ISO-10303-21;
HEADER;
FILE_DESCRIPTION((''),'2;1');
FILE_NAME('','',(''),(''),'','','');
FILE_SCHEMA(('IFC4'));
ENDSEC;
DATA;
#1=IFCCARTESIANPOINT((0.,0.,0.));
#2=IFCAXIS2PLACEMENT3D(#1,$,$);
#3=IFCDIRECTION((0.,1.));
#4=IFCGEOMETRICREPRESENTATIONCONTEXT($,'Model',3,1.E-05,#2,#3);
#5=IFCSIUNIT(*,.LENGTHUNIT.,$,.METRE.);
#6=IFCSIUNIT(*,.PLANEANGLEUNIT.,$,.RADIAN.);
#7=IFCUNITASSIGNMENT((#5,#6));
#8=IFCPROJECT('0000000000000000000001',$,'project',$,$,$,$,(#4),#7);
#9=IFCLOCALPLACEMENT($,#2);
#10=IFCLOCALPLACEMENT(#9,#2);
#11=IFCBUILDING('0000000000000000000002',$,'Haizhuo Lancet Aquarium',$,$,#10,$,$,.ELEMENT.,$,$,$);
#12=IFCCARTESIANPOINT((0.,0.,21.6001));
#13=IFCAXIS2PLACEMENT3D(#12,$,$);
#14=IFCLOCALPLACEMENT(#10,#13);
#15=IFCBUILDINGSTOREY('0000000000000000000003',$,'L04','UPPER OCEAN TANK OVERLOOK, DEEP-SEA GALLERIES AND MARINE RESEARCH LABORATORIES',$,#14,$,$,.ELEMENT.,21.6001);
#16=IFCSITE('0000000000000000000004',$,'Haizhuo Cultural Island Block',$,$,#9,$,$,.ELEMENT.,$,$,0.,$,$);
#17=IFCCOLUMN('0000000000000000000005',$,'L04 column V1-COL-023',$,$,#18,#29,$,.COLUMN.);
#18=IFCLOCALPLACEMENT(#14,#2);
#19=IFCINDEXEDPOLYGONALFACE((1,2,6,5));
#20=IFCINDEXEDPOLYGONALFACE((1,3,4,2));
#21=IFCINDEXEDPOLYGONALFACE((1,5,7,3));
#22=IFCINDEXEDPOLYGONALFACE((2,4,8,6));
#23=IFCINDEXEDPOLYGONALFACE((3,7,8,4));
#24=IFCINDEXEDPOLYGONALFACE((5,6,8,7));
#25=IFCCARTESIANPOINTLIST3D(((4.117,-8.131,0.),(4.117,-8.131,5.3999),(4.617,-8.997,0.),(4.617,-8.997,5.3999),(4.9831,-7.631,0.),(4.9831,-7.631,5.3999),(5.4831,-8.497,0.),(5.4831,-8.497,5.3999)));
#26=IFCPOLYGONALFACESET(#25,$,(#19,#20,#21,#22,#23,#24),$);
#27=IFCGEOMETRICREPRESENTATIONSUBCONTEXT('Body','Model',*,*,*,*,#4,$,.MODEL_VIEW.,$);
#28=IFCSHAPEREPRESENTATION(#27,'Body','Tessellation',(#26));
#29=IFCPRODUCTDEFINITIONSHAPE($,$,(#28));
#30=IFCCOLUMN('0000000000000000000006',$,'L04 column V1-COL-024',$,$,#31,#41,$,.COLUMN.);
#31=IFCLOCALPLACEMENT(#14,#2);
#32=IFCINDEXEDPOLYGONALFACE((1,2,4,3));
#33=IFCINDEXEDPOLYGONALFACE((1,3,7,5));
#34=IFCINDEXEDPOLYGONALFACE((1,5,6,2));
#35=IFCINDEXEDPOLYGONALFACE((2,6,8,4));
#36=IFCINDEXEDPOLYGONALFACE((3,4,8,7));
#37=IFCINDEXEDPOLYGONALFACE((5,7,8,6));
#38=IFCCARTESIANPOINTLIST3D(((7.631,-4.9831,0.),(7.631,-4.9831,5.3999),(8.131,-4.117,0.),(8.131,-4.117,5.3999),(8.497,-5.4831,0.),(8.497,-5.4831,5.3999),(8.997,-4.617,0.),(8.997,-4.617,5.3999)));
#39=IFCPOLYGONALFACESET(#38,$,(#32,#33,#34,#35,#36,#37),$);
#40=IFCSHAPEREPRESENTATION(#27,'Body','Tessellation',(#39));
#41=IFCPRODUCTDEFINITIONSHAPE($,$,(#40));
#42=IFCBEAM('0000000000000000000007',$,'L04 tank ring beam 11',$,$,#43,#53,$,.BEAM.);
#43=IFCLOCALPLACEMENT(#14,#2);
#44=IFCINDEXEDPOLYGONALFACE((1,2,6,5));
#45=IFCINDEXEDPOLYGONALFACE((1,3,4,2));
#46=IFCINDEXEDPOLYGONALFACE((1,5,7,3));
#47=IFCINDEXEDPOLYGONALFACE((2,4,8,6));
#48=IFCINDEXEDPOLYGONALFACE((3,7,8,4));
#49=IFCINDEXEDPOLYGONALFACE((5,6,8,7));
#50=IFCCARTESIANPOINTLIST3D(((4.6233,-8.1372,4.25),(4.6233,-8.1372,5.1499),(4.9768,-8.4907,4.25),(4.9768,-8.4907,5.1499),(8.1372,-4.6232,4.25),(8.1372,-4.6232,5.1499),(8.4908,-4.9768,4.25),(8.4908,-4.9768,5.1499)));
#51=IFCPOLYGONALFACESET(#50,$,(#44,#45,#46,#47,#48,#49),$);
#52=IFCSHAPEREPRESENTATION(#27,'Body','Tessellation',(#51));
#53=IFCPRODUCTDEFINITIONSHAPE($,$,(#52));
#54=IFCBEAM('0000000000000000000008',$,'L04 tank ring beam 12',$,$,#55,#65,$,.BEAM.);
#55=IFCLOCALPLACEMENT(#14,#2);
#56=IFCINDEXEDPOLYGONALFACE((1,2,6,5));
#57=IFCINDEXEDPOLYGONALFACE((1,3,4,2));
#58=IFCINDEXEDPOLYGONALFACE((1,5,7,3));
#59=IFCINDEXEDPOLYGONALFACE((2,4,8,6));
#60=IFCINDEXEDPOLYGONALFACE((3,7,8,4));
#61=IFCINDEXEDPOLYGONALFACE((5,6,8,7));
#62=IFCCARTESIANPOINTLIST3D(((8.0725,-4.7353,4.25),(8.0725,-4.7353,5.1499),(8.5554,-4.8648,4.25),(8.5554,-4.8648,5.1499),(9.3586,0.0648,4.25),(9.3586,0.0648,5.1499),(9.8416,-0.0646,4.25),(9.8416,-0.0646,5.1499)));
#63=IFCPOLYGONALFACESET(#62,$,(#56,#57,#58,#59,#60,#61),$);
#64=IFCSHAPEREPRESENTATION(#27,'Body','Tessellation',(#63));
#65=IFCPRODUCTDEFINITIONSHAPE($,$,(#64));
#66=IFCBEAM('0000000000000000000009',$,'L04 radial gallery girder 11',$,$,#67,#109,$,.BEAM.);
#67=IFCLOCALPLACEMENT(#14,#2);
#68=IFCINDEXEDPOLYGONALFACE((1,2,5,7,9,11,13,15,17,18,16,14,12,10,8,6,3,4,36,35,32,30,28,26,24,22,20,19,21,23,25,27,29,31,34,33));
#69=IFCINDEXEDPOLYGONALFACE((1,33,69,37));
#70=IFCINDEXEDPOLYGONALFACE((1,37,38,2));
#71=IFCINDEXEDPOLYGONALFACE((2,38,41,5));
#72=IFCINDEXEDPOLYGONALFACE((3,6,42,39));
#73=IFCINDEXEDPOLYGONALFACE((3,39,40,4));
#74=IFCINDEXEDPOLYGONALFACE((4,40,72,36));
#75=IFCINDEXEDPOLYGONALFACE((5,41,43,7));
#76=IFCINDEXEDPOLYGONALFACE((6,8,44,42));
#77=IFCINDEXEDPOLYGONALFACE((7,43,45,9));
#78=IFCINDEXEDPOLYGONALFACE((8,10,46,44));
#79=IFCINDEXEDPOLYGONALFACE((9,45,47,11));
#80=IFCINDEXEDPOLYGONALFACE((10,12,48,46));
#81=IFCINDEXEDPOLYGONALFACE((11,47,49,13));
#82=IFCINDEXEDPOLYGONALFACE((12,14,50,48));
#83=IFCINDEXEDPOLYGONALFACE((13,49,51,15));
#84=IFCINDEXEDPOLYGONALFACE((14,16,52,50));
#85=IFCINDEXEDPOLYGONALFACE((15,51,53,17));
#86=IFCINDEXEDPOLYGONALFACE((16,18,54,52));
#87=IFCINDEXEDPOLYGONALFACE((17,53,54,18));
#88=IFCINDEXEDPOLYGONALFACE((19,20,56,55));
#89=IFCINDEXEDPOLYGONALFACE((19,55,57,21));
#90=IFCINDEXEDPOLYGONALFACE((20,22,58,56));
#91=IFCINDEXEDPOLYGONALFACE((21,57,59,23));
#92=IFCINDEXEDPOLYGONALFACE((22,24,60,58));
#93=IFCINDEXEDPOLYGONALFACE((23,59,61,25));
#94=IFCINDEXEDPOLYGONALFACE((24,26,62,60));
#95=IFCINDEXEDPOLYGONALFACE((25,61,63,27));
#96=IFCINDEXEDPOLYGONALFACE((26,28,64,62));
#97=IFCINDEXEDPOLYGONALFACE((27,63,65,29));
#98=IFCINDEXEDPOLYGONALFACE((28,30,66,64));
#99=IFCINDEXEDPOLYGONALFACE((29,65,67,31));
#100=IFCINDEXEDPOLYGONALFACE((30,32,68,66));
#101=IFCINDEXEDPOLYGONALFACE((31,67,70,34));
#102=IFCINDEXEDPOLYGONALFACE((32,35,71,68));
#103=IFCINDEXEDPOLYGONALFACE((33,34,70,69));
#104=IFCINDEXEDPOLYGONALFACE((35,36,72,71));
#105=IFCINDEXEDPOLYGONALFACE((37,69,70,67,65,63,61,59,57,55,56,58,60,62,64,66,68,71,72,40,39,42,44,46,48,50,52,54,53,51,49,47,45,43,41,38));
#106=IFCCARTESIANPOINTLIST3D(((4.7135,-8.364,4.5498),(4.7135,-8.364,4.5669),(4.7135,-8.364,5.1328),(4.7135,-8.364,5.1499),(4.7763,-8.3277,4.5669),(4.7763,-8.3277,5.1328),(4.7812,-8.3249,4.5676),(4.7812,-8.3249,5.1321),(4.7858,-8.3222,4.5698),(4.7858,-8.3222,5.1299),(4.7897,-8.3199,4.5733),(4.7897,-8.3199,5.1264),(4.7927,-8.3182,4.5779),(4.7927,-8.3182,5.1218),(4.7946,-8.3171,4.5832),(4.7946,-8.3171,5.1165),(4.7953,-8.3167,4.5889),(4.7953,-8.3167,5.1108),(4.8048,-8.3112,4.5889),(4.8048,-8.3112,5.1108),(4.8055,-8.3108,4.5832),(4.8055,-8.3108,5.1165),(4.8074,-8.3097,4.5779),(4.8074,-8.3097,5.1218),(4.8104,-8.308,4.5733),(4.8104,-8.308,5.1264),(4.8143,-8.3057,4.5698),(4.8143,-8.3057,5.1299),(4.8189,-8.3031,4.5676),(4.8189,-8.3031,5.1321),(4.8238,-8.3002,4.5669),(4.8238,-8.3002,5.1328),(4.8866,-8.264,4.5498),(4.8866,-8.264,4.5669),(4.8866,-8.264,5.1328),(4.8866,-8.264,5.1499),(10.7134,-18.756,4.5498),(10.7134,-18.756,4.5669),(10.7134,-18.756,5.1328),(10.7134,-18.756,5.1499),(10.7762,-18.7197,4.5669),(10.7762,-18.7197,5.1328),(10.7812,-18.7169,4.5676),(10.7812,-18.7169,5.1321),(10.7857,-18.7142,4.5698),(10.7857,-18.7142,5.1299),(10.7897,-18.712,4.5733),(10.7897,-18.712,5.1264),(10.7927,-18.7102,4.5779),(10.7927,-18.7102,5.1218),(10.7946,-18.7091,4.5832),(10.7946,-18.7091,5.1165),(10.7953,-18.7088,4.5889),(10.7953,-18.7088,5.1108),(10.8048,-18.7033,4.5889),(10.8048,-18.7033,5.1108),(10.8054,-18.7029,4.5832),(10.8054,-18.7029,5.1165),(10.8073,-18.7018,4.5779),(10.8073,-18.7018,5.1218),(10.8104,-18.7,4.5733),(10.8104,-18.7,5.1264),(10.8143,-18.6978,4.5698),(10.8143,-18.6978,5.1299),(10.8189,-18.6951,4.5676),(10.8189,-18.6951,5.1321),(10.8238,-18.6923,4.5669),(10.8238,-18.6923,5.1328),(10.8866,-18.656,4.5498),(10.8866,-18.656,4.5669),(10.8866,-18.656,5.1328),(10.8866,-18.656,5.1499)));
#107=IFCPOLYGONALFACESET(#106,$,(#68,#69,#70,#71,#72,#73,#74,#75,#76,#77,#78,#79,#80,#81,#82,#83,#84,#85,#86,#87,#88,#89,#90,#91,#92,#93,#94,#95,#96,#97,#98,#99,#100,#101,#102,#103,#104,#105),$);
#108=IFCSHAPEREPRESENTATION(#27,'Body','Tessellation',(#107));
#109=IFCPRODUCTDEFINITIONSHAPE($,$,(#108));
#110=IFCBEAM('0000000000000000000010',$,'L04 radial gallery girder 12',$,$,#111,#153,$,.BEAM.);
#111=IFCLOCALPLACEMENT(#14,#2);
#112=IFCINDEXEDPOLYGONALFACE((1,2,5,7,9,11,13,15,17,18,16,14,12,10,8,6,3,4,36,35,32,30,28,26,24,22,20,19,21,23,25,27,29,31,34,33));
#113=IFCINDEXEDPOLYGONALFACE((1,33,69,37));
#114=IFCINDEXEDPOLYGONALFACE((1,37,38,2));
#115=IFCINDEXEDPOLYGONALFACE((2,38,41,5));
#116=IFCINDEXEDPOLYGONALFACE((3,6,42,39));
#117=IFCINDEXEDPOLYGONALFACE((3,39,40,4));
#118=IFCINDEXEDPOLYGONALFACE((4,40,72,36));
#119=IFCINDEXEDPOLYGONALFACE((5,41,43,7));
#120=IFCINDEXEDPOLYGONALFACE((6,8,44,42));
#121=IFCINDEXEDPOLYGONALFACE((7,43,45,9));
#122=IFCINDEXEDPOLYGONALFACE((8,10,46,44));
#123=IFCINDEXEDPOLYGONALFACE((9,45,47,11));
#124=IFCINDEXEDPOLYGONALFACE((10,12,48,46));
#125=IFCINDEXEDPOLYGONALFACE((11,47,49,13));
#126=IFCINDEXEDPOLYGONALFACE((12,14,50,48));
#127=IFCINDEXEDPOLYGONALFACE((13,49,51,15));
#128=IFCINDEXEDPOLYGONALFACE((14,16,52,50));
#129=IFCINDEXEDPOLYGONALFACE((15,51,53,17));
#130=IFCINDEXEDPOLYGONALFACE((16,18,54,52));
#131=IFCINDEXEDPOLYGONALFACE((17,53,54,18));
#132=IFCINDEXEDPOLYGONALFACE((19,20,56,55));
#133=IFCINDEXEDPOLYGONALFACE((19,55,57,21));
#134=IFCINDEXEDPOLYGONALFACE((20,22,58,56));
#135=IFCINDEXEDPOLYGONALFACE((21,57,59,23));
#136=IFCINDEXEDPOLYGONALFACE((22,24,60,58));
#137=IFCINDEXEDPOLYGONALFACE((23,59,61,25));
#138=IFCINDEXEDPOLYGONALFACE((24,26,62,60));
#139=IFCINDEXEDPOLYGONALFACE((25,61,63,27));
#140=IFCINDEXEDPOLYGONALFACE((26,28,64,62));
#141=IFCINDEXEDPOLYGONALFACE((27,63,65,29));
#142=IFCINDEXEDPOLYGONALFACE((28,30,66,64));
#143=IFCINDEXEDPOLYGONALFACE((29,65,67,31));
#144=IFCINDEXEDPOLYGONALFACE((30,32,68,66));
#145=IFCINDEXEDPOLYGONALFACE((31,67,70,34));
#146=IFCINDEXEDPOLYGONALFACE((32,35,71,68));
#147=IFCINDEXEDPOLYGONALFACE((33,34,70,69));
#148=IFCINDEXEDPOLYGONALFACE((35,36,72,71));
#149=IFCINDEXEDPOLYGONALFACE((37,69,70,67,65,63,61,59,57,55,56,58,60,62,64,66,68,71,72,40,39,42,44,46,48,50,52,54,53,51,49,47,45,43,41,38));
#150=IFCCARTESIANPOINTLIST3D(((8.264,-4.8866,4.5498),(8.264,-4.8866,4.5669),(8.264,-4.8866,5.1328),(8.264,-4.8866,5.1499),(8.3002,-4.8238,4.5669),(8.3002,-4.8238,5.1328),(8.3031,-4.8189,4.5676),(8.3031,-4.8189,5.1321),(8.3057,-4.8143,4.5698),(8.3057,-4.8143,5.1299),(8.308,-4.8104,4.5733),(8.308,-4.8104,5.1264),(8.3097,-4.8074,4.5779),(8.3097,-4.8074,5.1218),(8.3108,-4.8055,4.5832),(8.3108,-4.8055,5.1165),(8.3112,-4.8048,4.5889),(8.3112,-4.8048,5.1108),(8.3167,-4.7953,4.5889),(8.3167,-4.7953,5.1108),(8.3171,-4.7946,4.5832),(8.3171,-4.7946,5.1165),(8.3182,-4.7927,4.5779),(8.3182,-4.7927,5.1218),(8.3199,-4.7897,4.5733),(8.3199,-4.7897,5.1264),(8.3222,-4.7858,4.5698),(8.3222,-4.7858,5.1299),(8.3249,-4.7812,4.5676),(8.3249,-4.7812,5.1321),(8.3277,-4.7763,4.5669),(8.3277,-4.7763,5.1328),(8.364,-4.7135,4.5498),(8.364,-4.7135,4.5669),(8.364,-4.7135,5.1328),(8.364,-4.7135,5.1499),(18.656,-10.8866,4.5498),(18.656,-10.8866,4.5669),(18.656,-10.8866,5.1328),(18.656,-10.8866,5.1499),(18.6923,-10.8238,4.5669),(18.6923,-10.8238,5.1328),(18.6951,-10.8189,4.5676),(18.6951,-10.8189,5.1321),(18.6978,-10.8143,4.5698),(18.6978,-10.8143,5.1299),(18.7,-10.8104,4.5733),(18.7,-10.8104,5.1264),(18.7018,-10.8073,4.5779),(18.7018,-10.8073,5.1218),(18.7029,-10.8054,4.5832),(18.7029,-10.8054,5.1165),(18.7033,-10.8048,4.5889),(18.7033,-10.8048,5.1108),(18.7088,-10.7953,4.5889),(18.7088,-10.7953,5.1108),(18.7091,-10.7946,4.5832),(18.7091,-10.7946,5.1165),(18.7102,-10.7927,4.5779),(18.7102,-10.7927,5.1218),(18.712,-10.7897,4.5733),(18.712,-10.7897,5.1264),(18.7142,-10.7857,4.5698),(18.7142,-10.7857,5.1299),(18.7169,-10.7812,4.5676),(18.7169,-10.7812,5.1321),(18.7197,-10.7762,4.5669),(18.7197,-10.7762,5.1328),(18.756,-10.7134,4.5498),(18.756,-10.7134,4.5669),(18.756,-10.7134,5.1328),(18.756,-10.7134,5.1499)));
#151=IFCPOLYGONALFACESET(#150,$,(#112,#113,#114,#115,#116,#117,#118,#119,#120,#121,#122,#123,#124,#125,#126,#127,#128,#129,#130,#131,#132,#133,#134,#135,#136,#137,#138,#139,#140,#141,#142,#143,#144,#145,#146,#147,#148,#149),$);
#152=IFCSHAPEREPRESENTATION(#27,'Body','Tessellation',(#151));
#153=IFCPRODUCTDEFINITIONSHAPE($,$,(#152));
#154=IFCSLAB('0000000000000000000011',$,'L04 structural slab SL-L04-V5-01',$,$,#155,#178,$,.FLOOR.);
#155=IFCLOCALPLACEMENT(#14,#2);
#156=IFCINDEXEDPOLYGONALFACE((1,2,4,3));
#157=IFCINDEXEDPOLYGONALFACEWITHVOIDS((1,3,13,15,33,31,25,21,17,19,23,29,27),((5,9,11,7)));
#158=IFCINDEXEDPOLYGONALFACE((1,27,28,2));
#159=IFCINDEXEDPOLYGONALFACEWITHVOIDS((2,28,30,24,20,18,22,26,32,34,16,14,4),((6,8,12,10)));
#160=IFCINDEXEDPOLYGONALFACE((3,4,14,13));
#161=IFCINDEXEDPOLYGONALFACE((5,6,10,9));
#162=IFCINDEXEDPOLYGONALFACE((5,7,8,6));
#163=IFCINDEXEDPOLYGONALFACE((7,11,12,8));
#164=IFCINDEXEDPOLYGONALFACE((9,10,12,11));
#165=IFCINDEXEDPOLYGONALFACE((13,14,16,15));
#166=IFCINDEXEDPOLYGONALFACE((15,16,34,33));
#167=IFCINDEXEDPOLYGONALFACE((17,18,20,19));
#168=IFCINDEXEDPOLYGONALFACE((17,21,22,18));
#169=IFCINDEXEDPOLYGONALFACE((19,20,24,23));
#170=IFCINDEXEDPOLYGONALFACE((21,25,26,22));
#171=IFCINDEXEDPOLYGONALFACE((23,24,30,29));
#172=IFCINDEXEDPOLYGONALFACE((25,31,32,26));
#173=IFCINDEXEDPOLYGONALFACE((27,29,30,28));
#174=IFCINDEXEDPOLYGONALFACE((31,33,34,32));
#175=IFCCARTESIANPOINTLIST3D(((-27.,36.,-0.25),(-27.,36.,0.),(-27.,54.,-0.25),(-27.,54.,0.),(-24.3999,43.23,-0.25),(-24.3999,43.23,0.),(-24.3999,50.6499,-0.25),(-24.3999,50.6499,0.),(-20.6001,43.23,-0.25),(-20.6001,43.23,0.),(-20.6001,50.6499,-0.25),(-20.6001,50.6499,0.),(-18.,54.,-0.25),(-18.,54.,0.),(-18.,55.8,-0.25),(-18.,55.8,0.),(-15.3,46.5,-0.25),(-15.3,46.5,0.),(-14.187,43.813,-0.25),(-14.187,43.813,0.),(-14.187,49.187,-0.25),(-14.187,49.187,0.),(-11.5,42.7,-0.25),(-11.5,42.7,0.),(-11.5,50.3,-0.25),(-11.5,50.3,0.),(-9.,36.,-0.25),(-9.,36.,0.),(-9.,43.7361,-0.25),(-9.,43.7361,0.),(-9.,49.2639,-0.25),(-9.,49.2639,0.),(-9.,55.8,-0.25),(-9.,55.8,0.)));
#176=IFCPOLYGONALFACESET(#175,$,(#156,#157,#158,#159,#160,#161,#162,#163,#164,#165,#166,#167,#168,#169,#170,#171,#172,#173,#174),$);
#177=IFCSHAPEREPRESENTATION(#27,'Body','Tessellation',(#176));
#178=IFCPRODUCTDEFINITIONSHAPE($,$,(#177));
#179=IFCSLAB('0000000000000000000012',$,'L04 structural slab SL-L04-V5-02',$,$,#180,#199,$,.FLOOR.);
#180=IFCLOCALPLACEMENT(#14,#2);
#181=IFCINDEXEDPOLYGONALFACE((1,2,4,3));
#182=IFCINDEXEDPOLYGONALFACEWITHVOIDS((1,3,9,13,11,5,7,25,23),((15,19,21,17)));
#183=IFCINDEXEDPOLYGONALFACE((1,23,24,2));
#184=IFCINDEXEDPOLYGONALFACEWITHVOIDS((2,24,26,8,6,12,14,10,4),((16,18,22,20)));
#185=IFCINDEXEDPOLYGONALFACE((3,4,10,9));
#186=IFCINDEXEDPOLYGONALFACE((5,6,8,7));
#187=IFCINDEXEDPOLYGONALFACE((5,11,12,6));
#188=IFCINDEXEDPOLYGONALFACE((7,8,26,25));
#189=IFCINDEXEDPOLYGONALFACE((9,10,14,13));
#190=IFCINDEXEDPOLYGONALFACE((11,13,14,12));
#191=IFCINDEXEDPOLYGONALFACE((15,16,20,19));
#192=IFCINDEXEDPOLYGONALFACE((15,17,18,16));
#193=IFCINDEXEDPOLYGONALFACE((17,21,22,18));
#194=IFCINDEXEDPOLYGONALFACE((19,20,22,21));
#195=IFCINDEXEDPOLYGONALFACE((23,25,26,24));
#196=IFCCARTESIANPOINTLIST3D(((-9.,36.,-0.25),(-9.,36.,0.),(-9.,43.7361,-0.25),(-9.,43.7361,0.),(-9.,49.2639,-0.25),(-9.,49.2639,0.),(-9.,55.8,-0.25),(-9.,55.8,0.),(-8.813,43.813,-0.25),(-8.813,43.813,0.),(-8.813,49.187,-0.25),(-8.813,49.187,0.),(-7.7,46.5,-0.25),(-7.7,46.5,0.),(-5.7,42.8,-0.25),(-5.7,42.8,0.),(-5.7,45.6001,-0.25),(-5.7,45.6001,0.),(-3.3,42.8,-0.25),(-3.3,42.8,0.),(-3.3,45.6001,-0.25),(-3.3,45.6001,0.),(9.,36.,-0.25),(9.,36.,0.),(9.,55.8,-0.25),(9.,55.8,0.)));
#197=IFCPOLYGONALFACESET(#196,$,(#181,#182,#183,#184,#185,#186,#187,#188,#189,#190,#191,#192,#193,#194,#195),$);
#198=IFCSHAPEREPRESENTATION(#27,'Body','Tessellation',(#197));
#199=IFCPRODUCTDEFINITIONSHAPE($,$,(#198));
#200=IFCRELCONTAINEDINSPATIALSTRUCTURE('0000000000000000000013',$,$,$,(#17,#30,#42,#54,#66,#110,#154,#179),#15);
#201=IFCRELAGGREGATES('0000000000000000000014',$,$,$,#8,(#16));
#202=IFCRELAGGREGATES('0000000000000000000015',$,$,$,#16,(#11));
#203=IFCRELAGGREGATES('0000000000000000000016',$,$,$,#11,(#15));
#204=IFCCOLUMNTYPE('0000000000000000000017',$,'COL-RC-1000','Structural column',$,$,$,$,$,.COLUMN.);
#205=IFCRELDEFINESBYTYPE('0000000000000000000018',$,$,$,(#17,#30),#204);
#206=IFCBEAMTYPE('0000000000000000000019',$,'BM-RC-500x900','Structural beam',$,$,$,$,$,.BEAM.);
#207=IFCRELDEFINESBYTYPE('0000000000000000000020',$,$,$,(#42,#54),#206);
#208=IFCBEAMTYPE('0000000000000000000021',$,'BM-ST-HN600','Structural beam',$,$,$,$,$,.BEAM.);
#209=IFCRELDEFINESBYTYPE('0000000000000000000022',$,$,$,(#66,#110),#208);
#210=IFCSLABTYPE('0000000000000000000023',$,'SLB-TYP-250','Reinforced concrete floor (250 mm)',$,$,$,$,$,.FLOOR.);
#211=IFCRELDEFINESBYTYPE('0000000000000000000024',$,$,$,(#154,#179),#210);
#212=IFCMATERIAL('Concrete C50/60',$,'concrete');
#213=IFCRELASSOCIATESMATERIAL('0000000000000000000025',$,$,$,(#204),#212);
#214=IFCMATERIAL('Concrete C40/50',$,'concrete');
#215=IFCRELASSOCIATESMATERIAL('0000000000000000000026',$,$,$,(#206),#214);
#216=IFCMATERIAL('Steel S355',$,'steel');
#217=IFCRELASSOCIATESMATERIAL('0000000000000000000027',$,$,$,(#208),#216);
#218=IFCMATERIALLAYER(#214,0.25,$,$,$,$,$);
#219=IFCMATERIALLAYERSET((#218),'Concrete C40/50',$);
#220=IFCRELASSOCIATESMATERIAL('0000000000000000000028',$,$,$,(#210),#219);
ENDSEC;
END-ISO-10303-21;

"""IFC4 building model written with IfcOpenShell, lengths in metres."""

from ifc_helpers import new_model, si_unit, direction, frame, origin, origin_2d, place, context, subcontext, project, spatial, polyline, rectangle, i_section, outline, extrude, material, layer, layer_set, material_profile, profile_set, type_object, element, save


model = new_model("IFC4")

# Units and contexts
model_context = context("Model", 3, precision=1e-05, world=origin(), true_north=direction((0.0, 1.0)))
body_context = subcontext(model_context, "Body", "Model", "MODEL_VIEW")
ifc_project = project(units=[si_unit("LENGTHUNIT", "METRE"), si_unit("PLANEANGLEUNIT", "RADIAN")], contexts=[model_context])

# Site, building, storey
site_placement = place(None, origin())
site = spatial("IfcSite", under=ifc_project, at=site_placement, Name="Haizhuo Cultural Island Block", CompositionType="ELEMENT", RefElevation=0.0)
building_placement = place(site_placement, origin())
building = spatial("IfcBuilding", under=site, at=building_placement, Name="Haizhuo Lancet Aquarium", CompositionType="ELEMENT")
storey_placement = place(building_placement, frame((0.0, 0.0, 21.6001)))
storey = spatial("IfcBuildingStorey", under=building, at=storey_placement, Name="L04", Description="UPPER OCEAN TANK OVERLOOK, DEEP-SEA GALLERIES AND MARINE RESEARCH LABORATORIES", CompositionType="ELEMENT", Elevation=21.6001)

# Columns
ifc_material_1 = material(Name="Concrete C50/60", Category="concrete")
ifc_material_profile_1 = material_profile(ifc_material_1, rectangle(XDim=1.0, YDim=1.0, at=origin_2d()), Name="RC-COL 1000x1000")
ifc_profile_set_1 = profile_set([ifc_material_profile_1], Name="Concrete C50/60")
column_type = type_object("IfcColumnType", Name="COL-RC-1000", Description="Structural column", PredefinedType="COLUMN", material=ifc_profile_set_1)
for number, where, z_axis, x_axis, name in (
    (1, (4.8, -8.314, 0.0), (0.0, 0.0, 1.0), (0.5, -0.866025, 0.0), "L04 column V1-COL-023"),
    (2, (8.314, -4.8, 0.0), (0.0, 0.0, 1.0), (0.866025, -0.5, 0.0), "L04 column V1-COL-024"),
):
    element("IfcColumn", number, at=place(storey_placement, frame(where, z_axis=z_axis, x_axis=x_axis)), inside=storey, type_object=column_type, Name=name, PredefinedType="COLUMN", context=body_context, shape_type="SweptSolid", body=[
        extrude(rectangle(XDim=1.0, YDim=1.0, at=origin_2d()), origin(), (0.0, 0.0, 1.0), 5.3999),
    ])

# Beams
ifc_material_2 = material(Name="Concrete C40/50", Category="concrete")
ifc_material_profile_2 = material_profile(ifc_material_2, rectangle(XDim=0.5, YDim=0.8999, at=origin_2d()), Name="RC-BM 500x900")
ifc_profile_set_2 = profile_set([ifc_material_profile_2], Name="Concrete C40/50")
beam_type_1 = type_object("IfcBeamType", Name="BM-RC-500x900", Description="Structural beam", PredefinedType="BEAM", material=ifc_profile_set_2)
for number, where, z_axis, x_axis, name in (
    (3, (4.8, -8.314, 4.7), (0.707107, 0.707107, 0.0), (-0.707107, 0.707107, 0.0), "L04 tank ring beam 11"),
    (4, (8.314, -4.8, 4.7), (0.258812, 0.965928, 0.0), (-0.965928, 0.258812, 0.0), "L04 tank ring beam 12"),
):
    element("IfcBeam", number, at=place(storey_placement, frame(where, z_axis=z_axis, x_axis=x_axis)), inside=storey, type_object=beam_type_1, Name=name, PredefinedType="BEAM", context=body_context, shape_type="SweptSolid", body=[
        extrude(rectangle(XDim=0.5, YDim=0.8999, at=origin_2d()), origin(), (0.0, 0.0, 1.0), 4.9695),
    ])
ifc_material_3 = material(Name="Steel S355", Category="steel")
ifc_material_profile_3 = material_profile(ifc_material_3, i_section(OverallWidth=0.2, OverallDepth=0.6001, WebThickness=0.011, FlangeThickness=0.0171, FilletRadius=0.022, at=origin_2d()), Name="HN 600x200x11x17")
ifc_profile_set_3 = profile_set([ifc_material_profile_3], Name="Steel S355")
beam_type_2 = type_object("IfcBeamType", Name="BM-ST-HN600", Description="Structural beam", PredefinedType="BEAM", material=ifc_profile_set_3)
for number, where, z_axis, x_axis, name in (
    (5, (4.8, -8.314, 4.8499), (0.500008, -0.866021, 0.0), (0.866021, 0.500008, 0.0), "L04 radial gallery girder 11"),
    (6, (8.314, -4.8, 4.8499), (0.866021, -0.500008, 0.0), (0.500008, 0.866021, 0.0), "L04 radial gallery girder 12"),
):
    element("IfcBeam", number, at=place(storey_placement, frame(where, z_axis=z_axis, x_axis=x_axis)), inside=storey, type_object=beam_type_2, Name=name, PredefinedType="BEAM", context=body_context, shape_type="SweptSolid", body=[
        extrude(i_section(OverallWidth=0.2, OverallDepth=0.6001, WebThickness=0.011, FlangeThickness=0.0171, FilletRadius=0.022, at=origin_2d()), origin(), (0.0, 0.0, 1.0), 11.9998),
    ])

# Slabs
ifc_layer_1 = layer(ifc_material_2, 0.25)
ifc_layer_set_1 = layer_set([ifc_layer_1], Name="Concrete C40/50")
slab_type = type_object("IfcSlabType", Name="SLB-TYP-250", Description="Reinforced concrete floor (250 mm)", PredefinedType="FLOOR", material=ifc_layer_set_1)
slab_1_placement = place(storey_placement, frame((0.0, 0.0, -0.25)))
element("IfcSlab", 7, at=slab_1_placement, inside=storey, type_object=slab_type, Name="L04 structural slab SL-L04-V5-01", PredefinedType="FLOOR", context=body_context, shape_type="SweptSolid", body=[
    extrude(outline(polyline([(-18.0, 54.0), (-27.0, 54.0), (-27.0, 36.0), (-9.0, 36.0), (-9.0, 43.7361), (-11.5, 42.7), (-14.187, 43.813), (-15.3, 46.5), (-14.187, 49.187), (-11.5, 50.3), (-9.0, 49.2639), (-9.0, 55.8), (-18.0, 55.8), (-18.0, 54.0)]), holes=[polyline([(-20.6001, 43.23), (-20.6001, 50.6499), (-24.3999, 50.6499), (-24.3999, 43.23), (-20.6001, 43.23)])]), origin(), (0.0, 0.0, 1.0), 0.25),
])
slab_2_placement = place(storey_placement, frame((0.0, 0.0, -0.25)))
element("IfcSlab", 8, at=slab_2_placement, inside=storey, type_object=slab_type, Name="L04 structural slab SL-L04-V5-02", PredefinedType="FLOOR", context=body_context, shape_type="SweptSolid", body=[
    extrude(outline(polyline([(-9.0, 55.8), (-9.0, 49.2639), (-8.813, 49.187), (-7.7, 46.5), (-8.813, 43.813), (-9.0, 43.7361), (-9.0, 36.0), (9.0, 36.0), (9.0, 55.8), (-9.0, 55.8)]), holes=[polyline([(-3.3, 42.8), (-3.3, 45.6001), (-5.7, 45.6001), (-5.7, 42.8), (-3.3, 42.8)])]), origin(), (0.0, 0.0, 1.0), 0.25),
])

save(model, "model.ifc")
